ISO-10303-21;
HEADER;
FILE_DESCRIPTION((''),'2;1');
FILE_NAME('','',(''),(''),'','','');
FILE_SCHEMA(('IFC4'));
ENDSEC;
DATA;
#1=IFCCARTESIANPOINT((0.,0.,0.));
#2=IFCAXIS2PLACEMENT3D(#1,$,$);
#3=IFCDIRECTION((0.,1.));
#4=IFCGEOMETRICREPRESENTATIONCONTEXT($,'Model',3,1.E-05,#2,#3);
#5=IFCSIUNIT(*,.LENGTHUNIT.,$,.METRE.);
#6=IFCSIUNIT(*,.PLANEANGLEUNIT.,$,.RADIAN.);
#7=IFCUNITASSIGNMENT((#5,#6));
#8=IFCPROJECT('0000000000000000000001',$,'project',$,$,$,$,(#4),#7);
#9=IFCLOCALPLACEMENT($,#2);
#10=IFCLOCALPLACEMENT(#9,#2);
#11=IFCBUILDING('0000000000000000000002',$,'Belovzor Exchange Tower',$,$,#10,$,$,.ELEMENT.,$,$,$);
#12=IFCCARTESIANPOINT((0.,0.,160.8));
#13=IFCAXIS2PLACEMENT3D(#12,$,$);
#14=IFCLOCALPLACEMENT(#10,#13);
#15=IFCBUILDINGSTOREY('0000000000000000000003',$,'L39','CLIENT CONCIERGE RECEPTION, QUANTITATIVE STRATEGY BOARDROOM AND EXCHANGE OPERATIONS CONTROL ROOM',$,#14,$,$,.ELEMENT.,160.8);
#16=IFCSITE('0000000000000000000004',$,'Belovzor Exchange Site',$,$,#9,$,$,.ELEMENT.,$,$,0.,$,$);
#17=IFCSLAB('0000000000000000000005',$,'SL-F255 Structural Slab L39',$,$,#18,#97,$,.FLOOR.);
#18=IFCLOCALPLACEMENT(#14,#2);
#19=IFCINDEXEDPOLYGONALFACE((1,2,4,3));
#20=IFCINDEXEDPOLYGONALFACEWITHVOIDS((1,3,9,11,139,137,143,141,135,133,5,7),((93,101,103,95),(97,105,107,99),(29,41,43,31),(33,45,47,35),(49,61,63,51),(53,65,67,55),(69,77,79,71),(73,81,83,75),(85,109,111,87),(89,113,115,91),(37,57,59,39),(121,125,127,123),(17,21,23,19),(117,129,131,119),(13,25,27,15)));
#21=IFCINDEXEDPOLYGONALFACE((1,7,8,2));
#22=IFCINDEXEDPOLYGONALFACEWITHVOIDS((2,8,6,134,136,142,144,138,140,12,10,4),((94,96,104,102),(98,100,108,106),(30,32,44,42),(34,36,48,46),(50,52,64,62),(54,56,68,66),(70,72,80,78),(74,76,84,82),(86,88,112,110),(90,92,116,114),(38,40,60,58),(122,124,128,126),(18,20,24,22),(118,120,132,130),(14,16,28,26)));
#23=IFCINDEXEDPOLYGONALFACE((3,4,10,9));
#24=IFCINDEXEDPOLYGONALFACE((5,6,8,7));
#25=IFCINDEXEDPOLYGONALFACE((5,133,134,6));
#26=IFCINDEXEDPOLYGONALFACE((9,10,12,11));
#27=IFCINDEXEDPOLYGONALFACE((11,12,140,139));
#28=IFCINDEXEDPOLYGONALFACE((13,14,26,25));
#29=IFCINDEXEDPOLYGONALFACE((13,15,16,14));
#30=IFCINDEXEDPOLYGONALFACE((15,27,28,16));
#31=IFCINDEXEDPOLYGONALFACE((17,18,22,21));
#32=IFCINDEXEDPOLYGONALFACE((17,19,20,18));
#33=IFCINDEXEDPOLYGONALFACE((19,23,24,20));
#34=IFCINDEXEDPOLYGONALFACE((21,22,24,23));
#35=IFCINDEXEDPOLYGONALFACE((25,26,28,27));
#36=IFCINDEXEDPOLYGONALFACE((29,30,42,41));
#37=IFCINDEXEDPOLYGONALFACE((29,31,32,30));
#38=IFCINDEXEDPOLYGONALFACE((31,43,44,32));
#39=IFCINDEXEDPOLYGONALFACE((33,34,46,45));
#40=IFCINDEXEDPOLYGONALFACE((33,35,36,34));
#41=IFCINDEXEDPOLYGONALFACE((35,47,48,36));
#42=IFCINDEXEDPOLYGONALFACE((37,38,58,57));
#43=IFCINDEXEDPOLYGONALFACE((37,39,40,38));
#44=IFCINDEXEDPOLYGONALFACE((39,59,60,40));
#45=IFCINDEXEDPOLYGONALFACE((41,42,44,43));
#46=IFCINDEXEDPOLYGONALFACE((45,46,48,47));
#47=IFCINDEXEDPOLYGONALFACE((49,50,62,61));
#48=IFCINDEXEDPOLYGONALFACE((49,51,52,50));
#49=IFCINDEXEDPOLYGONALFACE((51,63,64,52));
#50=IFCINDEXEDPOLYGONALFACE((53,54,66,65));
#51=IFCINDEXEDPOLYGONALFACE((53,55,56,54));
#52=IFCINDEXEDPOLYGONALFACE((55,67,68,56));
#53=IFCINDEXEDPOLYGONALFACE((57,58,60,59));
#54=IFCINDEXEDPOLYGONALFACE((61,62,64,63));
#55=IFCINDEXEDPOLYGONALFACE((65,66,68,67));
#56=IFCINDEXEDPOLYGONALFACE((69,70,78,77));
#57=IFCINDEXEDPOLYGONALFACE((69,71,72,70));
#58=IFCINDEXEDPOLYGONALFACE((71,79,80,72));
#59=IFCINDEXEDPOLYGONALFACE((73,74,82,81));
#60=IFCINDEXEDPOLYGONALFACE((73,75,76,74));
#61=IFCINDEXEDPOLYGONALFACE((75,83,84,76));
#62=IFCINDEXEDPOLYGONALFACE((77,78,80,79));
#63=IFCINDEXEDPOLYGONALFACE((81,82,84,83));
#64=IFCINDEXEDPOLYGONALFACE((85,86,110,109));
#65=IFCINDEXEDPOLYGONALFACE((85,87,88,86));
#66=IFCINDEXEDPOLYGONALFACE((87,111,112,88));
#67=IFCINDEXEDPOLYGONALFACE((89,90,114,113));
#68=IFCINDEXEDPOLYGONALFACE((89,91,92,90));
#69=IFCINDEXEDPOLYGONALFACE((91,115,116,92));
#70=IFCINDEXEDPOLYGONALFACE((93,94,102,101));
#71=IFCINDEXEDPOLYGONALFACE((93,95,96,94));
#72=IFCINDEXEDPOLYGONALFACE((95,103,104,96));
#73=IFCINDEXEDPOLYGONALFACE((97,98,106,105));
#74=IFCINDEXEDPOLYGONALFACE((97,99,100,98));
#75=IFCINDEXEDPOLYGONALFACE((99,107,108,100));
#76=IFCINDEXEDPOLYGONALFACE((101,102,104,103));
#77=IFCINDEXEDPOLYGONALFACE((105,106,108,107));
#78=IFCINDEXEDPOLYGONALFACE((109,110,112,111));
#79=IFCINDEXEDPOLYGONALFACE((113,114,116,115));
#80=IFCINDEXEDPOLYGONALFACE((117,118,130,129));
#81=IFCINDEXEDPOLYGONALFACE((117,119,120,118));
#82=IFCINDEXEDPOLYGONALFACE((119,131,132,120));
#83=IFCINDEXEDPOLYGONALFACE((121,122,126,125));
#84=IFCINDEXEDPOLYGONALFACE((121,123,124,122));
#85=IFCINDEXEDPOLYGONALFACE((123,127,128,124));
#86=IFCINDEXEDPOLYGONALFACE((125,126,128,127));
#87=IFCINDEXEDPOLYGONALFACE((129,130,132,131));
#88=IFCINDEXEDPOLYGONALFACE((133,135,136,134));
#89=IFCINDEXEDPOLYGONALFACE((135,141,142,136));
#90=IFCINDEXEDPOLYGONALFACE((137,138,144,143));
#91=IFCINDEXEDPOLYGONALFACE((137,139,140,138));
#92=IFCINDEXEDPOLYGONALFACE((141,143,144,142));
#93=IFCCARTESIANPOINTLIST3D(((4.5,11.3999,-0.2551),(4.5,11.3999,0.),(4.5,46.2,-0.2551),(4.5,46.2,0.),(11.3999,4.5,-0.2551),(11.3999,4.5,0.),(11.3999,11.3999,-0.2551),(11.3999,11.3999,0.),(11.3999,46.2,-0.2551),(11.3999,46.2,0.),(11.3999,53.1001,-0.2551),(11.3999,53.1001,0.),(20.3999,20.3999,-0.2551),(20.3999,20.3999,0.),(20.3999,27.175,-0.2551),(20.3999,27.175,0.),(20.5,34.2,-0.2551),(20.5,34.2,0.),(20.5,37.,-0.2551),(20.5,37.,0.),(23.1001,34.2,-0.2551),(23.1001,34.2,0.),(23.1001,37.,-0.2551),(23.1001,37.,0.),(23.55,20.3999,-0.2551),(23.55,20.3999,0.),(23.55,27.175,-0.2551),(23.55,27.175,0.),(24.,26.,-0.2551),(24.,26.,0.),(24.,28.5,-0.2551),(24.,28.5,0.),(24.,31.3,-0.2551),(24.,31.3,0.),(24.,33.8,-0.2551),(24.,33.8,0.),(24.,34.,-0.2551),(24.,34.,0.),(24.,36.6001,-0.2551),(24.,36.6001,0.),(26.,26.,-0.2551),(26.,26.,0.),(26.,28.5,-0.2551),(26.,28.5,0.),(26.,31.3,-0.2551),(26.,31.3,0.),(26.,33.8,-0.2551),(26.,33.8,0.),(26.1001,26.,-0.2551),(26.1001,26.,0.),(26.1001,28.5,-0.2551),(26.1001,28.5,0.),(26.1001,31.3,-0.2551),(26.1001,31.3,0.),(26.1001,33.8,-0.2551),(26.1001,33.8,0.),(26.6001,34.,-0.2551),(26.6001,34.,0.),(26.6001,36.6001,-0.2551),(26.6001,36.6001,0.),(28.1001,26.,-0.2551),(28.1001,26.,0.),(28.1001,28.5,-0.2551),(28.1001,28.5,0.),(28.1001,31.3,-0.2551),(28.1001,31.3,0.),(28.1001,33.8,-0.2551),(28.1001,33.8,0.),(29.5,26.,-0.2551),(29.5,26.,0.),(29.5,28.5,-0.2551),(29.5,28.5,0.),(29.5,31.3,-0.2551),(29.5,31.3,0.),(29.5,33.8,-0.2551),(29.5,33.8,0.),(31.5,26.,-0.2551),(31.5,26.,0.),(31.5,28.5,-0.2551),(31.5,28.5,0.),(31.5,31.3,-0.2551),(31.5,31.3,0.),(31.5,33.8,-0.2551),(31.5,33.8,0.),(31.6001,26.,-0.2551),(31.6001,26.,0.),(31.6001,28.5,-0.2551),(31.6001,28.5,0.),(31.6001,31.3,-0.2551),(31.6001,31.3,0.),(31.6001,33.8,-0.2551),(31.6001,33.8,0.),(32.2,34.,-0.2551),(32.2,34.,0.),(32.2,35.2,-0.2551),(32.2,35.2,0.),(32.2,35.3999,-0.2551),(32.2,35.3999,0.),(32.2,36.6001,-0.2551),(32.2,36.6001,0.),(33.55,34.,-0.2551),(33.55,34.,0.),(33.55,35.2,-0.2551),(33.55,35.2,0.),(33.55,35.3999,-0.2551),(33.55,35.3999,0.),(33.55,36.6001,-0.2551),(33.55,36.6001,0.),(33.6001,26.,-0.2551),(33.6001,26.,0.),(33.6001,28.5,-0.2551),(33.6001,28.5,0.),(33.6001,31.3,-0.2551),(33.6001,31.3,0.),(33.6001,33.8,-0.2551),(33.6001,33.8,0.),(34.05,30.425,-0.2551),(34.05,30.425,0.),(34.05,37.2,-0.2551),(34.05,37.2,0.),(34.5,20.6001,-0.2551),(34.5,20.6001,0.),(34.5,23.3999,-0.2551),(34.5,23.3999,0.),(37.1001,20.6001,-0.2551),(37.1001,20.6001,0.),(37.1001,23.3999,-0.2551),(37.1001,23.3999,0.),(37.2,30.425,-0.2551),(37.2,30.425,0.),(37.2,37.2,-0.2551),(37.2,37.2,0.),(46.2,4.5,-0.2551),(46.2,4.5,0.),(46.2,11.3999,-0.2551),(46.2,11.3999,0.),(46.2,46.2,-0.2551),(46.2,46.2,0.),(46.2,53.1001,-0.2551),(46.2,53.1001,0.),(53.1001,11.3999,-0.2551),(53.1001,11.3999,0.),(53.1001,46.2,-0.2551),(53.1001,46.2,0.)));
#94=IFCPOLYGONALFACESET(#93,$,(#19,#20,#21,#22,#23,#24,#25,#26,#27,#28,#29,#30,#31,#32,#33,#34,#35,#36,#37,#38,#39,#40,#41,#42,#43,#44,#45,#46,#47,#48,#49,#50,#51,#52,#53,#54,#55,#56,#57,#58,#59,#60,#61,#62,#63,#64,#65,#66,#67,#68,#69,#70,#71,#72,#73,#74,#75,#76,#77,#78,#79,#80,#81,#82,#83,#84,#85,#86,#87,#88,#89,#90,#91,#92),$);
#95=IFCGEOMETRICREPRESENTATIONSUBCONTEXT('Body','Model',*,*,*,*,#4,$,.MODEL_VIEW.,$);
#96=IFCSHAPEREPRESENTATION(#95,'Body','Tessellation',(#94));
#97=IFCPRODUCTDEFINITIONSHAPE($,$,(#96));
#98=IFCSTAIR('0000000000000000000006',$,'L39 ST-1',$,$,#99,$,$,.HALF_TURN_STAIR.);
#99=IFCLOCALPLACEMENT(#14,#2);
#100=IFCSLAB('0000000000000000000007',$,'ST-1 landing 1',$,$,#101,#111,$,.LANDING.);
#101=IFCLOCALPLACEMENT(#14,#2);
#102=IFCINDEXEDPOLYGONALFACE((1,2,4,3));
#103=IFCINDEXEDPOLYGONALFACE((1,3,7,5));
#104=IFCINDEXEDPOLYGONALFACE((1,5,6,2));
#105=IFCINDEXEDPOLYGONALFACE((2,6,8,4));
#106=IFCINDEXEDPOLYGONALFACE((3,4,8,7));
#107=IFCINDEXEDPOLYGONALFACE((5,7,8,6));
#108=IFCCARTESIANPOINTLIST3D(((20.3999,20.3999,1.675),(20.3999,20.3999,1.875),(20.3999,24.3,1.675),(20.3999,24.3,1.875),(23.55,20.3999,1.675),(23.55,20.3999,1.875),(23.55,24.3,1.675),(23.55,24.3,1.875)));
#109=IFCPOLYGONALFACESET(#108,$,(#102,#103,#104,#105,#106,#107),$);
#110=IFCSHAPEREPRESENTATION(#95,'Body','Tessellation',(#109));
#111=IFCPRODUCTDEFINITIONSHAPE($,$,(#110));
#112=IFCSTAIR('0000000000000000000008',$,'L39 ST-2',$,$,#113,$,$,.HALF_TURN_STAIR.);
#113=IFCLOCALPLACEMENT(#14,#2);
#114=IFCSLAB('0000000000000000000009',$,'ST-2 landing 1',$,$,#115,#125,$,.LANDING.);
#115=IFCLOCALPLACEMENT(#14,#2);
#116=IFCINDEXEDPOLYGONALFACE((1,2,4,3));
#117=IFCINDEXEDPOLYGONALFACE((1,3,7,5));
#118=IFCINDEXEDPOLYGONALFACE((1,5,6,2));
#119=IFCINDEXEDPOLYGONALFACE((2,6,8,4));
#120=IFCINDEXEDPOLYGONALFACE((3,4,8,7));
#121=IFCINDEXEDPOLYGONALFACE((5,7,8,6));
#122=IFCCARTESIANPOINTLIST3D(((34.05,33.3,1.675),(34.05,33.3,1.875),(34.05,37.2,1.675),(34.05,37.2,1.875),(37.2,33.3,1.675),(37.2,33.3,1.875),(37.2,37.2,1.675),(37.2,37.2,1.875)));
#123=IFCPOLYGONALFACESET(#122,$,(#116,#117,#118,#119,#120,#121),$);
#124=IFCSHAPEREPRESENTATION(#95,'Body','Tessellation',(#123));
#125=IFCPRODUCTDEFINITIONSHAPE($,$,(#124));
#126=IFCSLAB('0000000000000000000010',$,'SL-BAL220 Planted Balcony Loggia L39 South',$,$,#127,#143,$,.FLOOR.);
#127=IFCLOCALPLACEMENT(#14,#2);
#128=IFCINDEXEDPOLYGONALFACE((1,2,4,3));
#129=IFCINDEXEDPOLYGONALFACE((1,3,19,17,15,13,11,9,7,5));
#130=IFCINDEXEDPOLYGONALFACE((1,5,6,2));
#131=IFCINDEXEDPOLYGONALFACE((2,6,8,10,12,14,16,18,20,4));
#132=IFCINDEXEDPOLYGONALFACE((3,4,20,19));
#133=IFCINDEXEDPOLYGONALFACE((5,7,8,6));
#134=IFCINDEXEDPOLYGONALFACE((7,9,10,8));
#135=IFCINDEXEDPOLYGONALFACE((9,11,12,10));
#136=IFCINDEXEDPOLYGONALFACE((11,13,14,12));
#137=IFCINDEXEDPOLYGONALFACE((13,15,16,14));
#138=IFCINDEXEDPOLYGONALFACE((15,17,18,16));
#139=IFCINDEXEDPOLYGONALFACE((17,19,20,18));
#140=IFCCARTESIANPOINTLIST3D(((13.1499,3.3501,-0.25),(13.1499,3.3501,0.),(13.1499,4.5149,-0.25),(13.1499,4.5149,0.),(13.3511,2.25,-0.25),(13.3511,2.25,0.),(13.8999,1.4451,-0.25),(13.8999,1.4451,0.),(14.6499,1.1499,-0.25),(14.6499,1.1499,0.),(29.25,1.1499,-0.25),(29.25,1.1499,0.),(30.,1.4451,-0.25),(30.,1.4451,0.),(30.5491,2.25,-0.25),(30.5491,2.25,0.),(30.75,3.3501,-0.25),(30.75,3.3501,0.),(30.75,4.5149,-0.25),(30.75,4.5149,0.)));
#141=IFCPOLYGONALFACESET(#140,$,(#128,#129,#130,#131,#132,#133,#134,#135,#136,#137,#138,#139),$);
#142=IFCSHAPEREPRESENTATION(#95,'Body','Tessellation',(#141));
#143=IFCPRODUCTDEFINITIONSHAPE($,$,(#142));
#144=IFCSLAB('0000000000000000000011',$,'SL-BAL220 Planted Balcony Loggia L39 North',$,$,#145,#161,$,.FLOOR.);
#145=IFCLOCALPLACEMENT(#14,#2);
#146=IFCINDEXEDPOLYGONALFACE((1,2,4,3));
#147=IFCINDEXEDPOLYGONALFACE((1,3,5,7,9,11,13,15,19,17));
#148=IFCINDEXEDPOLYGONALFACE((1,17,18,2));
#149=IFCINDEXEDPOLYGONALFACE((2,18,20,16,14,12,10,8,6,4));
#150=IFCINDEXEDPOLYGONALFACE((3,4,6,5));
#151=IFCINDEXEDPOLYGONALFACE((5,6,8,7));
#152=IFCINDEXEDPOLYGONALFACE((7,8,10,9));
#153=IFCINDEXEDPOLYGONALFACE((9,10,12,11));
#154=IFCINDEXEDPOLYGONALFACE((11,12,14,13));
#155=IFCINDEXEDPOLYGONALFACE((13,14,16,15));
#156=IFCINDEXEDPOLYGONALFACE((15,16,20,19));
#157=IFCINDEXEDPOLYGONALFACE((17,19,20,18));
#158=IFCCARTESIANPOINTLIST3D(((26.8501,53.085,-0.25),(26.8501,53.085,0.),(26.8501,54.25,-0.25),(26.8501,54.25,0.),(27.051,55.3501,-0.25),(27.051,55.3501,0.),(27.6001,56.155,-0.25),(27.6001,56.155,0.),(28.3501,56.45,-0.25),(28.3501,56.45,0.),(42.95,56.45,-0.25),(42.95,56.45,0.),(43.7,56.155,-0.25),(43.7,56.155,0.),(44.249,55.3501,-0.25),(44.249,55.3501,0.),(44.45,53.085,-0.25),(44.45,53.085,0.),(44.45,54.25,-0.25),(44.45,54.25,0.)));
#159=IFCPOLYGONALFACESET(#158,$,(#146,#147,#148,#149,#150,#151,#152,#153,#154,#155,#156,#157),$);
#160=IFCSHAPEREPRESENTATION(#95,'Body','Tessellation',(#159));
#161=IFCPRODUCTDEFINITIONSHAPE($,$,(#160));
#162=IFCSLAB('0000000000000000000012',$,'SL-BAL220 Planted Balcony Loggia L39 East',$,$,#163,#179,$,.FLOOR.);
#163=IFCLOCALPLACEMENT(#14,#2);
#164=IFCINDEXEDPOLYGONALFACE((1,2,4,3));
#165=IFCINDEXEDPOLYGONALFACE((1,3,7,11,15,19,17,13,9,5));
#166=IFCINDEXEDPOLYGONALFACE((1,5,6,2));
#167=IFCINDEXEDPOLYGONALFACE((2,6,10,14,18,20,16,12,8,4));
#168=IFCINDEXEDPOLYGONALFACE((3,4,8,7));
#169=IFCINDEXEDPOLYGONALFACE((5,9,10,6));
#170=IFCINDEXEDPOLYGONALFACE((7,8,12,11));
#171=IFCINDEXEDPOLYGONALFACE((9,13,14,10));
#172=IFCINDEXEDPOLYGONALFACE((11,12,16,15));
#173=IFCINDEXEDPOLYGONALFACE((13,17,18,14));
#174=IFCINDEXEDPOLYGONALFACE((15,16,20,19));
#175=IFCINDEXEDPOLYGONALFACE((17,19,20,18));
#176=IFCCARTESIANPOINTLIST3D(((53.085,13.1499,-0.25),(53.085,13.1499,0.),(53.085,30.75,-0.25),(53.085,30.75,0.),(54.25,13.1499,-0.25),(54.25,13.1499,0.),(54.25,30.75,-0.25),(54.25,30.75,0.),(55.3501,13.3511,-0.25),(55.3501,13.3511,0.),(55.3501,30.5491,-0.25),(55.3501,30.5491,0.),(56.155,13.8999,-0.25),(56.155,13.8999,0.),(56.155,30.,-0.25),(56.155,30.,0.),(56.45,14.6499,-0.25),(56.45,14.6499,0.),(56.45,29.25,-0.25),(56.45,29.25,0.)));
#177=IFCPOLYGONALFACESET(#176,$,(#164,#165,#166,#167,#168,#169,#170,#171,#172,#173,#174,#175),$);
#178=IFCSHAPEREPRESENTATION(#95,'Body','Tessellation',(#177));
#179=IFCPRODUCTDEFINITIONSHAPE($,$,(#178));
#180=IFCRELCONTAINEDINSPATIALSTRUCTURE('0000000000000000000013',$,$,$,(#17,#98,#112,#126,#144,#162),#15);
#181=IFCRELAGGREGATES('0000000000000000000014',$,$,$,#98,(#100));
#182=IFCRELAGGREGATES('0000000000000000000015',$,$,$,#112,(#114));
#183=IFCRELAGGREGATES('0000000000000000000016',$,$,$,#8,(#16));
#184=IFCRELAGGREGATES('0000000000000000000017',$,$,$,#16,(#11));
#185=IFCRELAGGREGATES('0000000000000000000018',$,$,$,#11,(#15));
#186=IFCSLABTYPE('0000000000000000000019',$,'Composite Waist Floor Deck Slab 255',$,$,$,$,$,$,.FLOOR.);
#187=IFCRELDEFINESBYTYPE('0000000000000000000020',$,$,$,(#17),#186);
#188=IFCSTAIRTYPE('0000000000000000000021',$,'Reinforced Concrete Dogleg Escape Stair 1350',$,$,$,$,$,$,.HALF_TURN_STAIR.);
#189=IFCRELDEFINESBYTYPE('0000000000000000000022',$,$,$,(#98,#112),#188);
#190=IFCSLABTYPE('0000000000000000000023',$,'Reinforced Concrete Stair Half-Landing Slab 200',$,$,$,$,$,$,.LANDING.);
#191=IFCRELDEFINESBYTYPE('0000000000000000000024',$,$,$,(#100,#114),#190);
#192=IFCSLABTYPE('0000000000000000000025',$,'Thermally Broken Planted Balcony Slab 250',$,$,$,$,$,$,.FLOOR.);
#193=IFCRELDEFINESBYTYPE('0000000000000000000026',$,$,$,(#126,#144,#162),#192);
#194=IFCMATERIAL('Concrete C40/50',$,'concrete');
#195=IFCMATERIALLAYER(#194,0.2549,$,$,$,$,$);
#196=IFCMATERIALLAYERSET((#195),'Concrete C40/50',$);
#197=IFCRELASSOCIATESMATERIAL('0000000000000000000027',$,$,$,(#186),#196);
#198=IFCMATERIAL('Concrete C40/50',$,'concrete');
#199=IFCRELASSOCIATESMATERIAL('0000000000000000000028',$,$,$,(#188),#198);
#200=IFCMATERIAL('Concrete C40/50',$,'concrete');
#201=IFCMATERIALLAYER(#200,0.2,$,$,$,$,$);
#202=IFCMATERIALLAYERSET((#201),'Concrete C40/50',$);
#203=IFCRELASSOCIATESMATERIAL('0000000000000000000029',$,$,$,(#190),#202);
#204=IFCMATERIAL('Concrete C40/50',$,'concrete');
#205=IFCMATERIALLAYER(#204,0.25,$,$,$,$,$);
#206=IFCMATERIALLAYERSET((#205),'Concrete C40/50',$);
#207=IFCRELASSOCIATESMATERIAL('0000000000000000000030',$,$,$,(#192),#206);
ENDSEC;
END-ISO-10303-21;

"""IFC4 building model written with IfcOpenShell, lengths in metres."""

from ifc_helpers import new_model, si_unit, direction, frame, origin, place, context, subcontext, project, spatial, polyline, outline, extrude, material, layer, layer_set, type_object, element, aggregate, save


model = new_model("IFC4")

# Units and contexts
model_context = context("Model", 3, precision=1e-05, world=origin(), true_north=direction((0.0, 1.0)))
body_context = subcontext(model_context, "Body", "Model", "MODEL_VIEW")
ifc_project = project(units=[si_unit("LENGTHUNIT", "METRE"), si_unit("PLANEANGLEUNIT", "RADIAN")], contexts=[model_context])

# Site, building, storey
site_placement = place(None, origin())
site = spatial("IfcSite", under=ifc_project, at=site_placement, Name="Belovzor Exchange Site", CompositionType="ELEMENT", RefElevation=0.0)
building_placement = place(site_placement, origin())
building = spatial("IfcBuilding", under=site, at=building_placement, Name="Belovzor Exchange Tower", CompositionType="ELEMENT")
storey_placement = place(building_placement, frame((0.0, 0.0, 160.8)))
storey = spatial("IfcBuildingStorey", under=building, at=storey_placement, Name="L39", Description="CLIENT CONCIERGE RECEPTION, QUANTITATIVE STRATEGY BOARDROOM AND EXCHANGE OPERATIONS CONTROL ROOM", CompositionType="ELEMENT", Elevation=160.8)

# Slab
ifc_material_1 = material(Name="Concrete C40/50", Category="concrete")
ifc_layer_1 = layer(ifc_material_1, 0.2549)
ifc_layer_set_1 = layer_set([ifc_layer_1], Name="Concrete C40/50")
slab_type_1 = type_object("IfcSlabType", Name="Composite Waist Floor Deck Slab 255", PredefinedType="FLOOR", material=ifc_layer_set_1)
slab_1_placement = place(storey_placement, frame((0.0, 0.0, -0.2551)))
element("IfcSlab", 1, at=slab_1_placement, inside=storey, type_object=slab_type_1, Name="SL-F255 Structural Slab L39", PredefinedType="FLOOR", context=body_context, shape_type="SweptSolid", body=[
    extrude(outline(polyline([(11.3999, 4.5), (46.2, 4.5), (46.2, 11.3999), (53.1001, 11.3999), (53.1001, 46.2), (46.2, 46.2), (46.2, 53.1001), (11.3999, 53.1001), (11.3999, 46.2), (4.5, 46.2), (4.5, 11.3999), (11.3999, 11.3999), (11.3999, 4.5)]), holes=[polyline([(20.3999, 27.175), (20.3999, 20.3999), (23.55, 20.3999), (23.55, 27.175), (20.3999, 27.175)]), polyline([(37.2, 30.425), (37.2, 37.2), (34.05, 37.2), (34.05, 30.425), (37.2, 30.425)]), polyline([(20.5, 34.2), (23.1001, 34.2), (23.1001, 37.0), (20.5, 37.0), (20.5, 34.2)]), polyline([(34.5, 20.6001), (37.1001, 20.6001), (37.1001, 23.3999), (34.5, 23.3999), (34.5, 20.6001)]), polyline([(24.0, 34.0), (26.6001, 34.0), (26.6001, 36.6001), (24.0, 36.6001), (24.0, 34.0)]), polyline([(24.0, 26.0), (26.0, 26.0), (26.0, 28.5), (24.0, 28.5), (24.0, 26.0)]), polyline([(26.1001, 26.0), (28.1001, 26.0), (28.1001, 28.5), (26.1001, 28.5), (26.1001, 26.0)]), polyline([(29.5, 26.0), (31.5, 26.0), (31.5, 28.5), (29.5, 28.5), (29.5, 26.0)]), polyline([(31.6001, 26.0), (33.6001, 26.0), (33.6001, 28.5), (31.6001, 28.5), (31.6001, 26.0)]), polyline([(24.0, 31.3), (26.0, 31.3), (26.0, 33.8), (24.0, 33.8), (24.0, 31.3)]), polyline([(26.1001, 31.3), (28.1001, 31.3), (28.1001, 33.8), (26.1001, 33.8), (26.1001, 31.3)]), polyline([(29.5, 31.3), (31.5, 31.3), (31.5, 33.8), (29.5, 33.8), (29.5, 31.3)]), polyline([(31.6001, 31.3), (33.6001, 31.3), (33.6001, 33.8), (31.6001, 33.8), (31.6001, 31.3)]), polyline([(32.2, 34.0), (33.55, 34.0), (33.55, 35.2), (32.2, 35.2), (32.2, 34.0)]), polyline([(32.2, 35.3999), (33.55, 35.3999), (33.55, 36.6001), (32.2, 36.6001), (32.2, 35.3999)])]), origin(), (0.0, 0.0, 1.0), 0.2551),
])

# Stairs, slabs
ifc_material_2 = material(Name="Concrete C40/50", Category="concrete")
stair_type = type_object("IfcStairType", Name="Reinforced Concrete Dogleg Escape Stair 1350", PredefinedType="HALF_TURN_STAIR", material=ifc_material_2)
stair_1_placement = place(storey_placement, origin())
stair_1 = element("IfcStair", 2, at=stair_1_placement, inside=storey, type_object=stair_type, Name="L39 ST-1", PredefinedType="HALF_TURN_STAIR")
ifc_material_3 = material(Name="Concrete C40/50", Category="concrete")
ifc_layer_2 = layer(ifc_material_3, 0.2)
ifc_layer_set_2 = layer_set([ifc_layer_2], Name="Concrete C40/50")
slab_type_2 = type_object("IfcSlabType", Name="Reinforced Concrete Stair Half-Landing Slab 200", PredefinedType="LANDING", material=ifc_layer_set_2)
slab_2_placement = place(storey_placement, frame((0.0, 0.0, 1.675)))
slab_2 = element("IfcSlab", 3, at=slab_2_placement, type_object=slab_type_2, Name="ST-1 landing 1", PredefinedType="LANDING", context=body_context, shape_type="SweptSolid", body=[
    extrude(outline(polyline([(20.3999, 24.3), (20.3999, 20.3999), (23.55, 20.3999), (23.55, 24.3), (20.3999, 24.3)])), origin(), (0.0, 0.0, 1.0), 0.2),
])
aggregate(stair_1, [slab_2])
stair_2_placement = place(storey_placement, origin())
stair_2 = element("IfcStair", 4, at=stair_2_placement, inside=storey, type_object=stair_type, Name="L39 ST-2", PredefinedType="HALF_TURN_STAIR")
slab_3_placement = place(storey_placement, frame((0.0, 0.0, 1.675)))
slab_3 = element("IfcSlab", 5, at=slab_3_placement, type_object=slab_type_2, Name="ST-2 landing 1", PredefinedType="LANDING", context=body_context, shape_type="SweptSolid", body=[
    extrude(outline(polyline([(37.2, 33.3), (37.2, 37.2), (34.05, 37.2), (34.05, 33.3), (37.2, 33.3)])), origin(), (0.0, 0.0, 1.0), 0.2),
])
aggregate(stair_2, [slab_3])

# Slabs
ifc_material_4 = material(Name="Concrete C40/50", Category="concrete")
ifc_layer_3 = layer(ifc_material_4, 0.25)
ifc_layer_set_3 = layer_set([ifc_layer_3], Name="Concrete C40/50")
slab_type_3 = type_object("IfcSlabType", Name="Thermally Broken Planted Balcony Slab 250", PredefinedType="FLOOR", material=ifc_layer_set_3)
slab_4_placement = place(storey_placement, frame((0.0, 0.0, -0.25)))
element("IfcSlab", 6, at=slab_4_placement, inside=storey, type_object=slab_type_3, Name="SL-BAL220 Planted Balcony Loggia L39 South", PredefinedType="FLOOR", context=body_context, shape_type="SweptSolid", body=[
    extrude(outline(polyline([(13.1499, 4.5149), (13.1499, 3.3501), (13.3511, 2.25), (13.8999, 1.4451), (14.6499, 1.1499), (29.25, 1.1499), (30.0, 1.4451), (30.5491, 2.25), (30.75, 3.3501), (30.75, 4.5149), (13.1499, 4.5149)])), origin(), (0.0, 0.0, 1.0), 0.25),
])
slab_5_placement = place(storey_placement, frame((0.0, 0.0, -0.25)))
element("IfcSlab", 7, at=slab_5_placement, inside=storey, type_object=slab_type_3, Name="SL-BAL220 Planted Balcony Loggia L39 North", PredefinedType="FLOOR", context=body_context, shape_type="SweptSolid", body=[
    extrude(outline(polyline([(44.45, 53.085), (44.45, 54.25), (44.249, 55.3501), (43.7, 56.155), (42.95, 56.45), (28.3501, 56.45), (27.6001, 56.155), (27.051, 55.3501), (26.8501, 54.25), (26.8501, 53.085), (44.45, 53.085)])), origin(), (0.0, 0.0, 1.0), 0.25),
])
slab_6_placement = place(storey_placement, frame((0.0, 0.0, -0.25)))
element("IfcSlab", 8, at=slab_6_placement, inside=storey, type_object=slab_type_3, Name="SL-BAL220 Planted Balcony Loggia L39 East", PredefinedType="FLOOR", context=body_context, shape_type="SweptSolid", body=[
    extrude(outline(polyline([(53.085, 13.1499), (54.25, 13.1499), (55.3501, 13.3511), (56.155, 13.8999), (56.45, 14.6499), (56.45, 29.25), (56.155, 30.0), (55.3501, 30.5491), (54.25, 30.75), (53.085, 30.75), (53.085, 13.1499)])), origin(), (0.0, 0.0, 1.0), 0.25),
])

save(model, "model.ifc")
